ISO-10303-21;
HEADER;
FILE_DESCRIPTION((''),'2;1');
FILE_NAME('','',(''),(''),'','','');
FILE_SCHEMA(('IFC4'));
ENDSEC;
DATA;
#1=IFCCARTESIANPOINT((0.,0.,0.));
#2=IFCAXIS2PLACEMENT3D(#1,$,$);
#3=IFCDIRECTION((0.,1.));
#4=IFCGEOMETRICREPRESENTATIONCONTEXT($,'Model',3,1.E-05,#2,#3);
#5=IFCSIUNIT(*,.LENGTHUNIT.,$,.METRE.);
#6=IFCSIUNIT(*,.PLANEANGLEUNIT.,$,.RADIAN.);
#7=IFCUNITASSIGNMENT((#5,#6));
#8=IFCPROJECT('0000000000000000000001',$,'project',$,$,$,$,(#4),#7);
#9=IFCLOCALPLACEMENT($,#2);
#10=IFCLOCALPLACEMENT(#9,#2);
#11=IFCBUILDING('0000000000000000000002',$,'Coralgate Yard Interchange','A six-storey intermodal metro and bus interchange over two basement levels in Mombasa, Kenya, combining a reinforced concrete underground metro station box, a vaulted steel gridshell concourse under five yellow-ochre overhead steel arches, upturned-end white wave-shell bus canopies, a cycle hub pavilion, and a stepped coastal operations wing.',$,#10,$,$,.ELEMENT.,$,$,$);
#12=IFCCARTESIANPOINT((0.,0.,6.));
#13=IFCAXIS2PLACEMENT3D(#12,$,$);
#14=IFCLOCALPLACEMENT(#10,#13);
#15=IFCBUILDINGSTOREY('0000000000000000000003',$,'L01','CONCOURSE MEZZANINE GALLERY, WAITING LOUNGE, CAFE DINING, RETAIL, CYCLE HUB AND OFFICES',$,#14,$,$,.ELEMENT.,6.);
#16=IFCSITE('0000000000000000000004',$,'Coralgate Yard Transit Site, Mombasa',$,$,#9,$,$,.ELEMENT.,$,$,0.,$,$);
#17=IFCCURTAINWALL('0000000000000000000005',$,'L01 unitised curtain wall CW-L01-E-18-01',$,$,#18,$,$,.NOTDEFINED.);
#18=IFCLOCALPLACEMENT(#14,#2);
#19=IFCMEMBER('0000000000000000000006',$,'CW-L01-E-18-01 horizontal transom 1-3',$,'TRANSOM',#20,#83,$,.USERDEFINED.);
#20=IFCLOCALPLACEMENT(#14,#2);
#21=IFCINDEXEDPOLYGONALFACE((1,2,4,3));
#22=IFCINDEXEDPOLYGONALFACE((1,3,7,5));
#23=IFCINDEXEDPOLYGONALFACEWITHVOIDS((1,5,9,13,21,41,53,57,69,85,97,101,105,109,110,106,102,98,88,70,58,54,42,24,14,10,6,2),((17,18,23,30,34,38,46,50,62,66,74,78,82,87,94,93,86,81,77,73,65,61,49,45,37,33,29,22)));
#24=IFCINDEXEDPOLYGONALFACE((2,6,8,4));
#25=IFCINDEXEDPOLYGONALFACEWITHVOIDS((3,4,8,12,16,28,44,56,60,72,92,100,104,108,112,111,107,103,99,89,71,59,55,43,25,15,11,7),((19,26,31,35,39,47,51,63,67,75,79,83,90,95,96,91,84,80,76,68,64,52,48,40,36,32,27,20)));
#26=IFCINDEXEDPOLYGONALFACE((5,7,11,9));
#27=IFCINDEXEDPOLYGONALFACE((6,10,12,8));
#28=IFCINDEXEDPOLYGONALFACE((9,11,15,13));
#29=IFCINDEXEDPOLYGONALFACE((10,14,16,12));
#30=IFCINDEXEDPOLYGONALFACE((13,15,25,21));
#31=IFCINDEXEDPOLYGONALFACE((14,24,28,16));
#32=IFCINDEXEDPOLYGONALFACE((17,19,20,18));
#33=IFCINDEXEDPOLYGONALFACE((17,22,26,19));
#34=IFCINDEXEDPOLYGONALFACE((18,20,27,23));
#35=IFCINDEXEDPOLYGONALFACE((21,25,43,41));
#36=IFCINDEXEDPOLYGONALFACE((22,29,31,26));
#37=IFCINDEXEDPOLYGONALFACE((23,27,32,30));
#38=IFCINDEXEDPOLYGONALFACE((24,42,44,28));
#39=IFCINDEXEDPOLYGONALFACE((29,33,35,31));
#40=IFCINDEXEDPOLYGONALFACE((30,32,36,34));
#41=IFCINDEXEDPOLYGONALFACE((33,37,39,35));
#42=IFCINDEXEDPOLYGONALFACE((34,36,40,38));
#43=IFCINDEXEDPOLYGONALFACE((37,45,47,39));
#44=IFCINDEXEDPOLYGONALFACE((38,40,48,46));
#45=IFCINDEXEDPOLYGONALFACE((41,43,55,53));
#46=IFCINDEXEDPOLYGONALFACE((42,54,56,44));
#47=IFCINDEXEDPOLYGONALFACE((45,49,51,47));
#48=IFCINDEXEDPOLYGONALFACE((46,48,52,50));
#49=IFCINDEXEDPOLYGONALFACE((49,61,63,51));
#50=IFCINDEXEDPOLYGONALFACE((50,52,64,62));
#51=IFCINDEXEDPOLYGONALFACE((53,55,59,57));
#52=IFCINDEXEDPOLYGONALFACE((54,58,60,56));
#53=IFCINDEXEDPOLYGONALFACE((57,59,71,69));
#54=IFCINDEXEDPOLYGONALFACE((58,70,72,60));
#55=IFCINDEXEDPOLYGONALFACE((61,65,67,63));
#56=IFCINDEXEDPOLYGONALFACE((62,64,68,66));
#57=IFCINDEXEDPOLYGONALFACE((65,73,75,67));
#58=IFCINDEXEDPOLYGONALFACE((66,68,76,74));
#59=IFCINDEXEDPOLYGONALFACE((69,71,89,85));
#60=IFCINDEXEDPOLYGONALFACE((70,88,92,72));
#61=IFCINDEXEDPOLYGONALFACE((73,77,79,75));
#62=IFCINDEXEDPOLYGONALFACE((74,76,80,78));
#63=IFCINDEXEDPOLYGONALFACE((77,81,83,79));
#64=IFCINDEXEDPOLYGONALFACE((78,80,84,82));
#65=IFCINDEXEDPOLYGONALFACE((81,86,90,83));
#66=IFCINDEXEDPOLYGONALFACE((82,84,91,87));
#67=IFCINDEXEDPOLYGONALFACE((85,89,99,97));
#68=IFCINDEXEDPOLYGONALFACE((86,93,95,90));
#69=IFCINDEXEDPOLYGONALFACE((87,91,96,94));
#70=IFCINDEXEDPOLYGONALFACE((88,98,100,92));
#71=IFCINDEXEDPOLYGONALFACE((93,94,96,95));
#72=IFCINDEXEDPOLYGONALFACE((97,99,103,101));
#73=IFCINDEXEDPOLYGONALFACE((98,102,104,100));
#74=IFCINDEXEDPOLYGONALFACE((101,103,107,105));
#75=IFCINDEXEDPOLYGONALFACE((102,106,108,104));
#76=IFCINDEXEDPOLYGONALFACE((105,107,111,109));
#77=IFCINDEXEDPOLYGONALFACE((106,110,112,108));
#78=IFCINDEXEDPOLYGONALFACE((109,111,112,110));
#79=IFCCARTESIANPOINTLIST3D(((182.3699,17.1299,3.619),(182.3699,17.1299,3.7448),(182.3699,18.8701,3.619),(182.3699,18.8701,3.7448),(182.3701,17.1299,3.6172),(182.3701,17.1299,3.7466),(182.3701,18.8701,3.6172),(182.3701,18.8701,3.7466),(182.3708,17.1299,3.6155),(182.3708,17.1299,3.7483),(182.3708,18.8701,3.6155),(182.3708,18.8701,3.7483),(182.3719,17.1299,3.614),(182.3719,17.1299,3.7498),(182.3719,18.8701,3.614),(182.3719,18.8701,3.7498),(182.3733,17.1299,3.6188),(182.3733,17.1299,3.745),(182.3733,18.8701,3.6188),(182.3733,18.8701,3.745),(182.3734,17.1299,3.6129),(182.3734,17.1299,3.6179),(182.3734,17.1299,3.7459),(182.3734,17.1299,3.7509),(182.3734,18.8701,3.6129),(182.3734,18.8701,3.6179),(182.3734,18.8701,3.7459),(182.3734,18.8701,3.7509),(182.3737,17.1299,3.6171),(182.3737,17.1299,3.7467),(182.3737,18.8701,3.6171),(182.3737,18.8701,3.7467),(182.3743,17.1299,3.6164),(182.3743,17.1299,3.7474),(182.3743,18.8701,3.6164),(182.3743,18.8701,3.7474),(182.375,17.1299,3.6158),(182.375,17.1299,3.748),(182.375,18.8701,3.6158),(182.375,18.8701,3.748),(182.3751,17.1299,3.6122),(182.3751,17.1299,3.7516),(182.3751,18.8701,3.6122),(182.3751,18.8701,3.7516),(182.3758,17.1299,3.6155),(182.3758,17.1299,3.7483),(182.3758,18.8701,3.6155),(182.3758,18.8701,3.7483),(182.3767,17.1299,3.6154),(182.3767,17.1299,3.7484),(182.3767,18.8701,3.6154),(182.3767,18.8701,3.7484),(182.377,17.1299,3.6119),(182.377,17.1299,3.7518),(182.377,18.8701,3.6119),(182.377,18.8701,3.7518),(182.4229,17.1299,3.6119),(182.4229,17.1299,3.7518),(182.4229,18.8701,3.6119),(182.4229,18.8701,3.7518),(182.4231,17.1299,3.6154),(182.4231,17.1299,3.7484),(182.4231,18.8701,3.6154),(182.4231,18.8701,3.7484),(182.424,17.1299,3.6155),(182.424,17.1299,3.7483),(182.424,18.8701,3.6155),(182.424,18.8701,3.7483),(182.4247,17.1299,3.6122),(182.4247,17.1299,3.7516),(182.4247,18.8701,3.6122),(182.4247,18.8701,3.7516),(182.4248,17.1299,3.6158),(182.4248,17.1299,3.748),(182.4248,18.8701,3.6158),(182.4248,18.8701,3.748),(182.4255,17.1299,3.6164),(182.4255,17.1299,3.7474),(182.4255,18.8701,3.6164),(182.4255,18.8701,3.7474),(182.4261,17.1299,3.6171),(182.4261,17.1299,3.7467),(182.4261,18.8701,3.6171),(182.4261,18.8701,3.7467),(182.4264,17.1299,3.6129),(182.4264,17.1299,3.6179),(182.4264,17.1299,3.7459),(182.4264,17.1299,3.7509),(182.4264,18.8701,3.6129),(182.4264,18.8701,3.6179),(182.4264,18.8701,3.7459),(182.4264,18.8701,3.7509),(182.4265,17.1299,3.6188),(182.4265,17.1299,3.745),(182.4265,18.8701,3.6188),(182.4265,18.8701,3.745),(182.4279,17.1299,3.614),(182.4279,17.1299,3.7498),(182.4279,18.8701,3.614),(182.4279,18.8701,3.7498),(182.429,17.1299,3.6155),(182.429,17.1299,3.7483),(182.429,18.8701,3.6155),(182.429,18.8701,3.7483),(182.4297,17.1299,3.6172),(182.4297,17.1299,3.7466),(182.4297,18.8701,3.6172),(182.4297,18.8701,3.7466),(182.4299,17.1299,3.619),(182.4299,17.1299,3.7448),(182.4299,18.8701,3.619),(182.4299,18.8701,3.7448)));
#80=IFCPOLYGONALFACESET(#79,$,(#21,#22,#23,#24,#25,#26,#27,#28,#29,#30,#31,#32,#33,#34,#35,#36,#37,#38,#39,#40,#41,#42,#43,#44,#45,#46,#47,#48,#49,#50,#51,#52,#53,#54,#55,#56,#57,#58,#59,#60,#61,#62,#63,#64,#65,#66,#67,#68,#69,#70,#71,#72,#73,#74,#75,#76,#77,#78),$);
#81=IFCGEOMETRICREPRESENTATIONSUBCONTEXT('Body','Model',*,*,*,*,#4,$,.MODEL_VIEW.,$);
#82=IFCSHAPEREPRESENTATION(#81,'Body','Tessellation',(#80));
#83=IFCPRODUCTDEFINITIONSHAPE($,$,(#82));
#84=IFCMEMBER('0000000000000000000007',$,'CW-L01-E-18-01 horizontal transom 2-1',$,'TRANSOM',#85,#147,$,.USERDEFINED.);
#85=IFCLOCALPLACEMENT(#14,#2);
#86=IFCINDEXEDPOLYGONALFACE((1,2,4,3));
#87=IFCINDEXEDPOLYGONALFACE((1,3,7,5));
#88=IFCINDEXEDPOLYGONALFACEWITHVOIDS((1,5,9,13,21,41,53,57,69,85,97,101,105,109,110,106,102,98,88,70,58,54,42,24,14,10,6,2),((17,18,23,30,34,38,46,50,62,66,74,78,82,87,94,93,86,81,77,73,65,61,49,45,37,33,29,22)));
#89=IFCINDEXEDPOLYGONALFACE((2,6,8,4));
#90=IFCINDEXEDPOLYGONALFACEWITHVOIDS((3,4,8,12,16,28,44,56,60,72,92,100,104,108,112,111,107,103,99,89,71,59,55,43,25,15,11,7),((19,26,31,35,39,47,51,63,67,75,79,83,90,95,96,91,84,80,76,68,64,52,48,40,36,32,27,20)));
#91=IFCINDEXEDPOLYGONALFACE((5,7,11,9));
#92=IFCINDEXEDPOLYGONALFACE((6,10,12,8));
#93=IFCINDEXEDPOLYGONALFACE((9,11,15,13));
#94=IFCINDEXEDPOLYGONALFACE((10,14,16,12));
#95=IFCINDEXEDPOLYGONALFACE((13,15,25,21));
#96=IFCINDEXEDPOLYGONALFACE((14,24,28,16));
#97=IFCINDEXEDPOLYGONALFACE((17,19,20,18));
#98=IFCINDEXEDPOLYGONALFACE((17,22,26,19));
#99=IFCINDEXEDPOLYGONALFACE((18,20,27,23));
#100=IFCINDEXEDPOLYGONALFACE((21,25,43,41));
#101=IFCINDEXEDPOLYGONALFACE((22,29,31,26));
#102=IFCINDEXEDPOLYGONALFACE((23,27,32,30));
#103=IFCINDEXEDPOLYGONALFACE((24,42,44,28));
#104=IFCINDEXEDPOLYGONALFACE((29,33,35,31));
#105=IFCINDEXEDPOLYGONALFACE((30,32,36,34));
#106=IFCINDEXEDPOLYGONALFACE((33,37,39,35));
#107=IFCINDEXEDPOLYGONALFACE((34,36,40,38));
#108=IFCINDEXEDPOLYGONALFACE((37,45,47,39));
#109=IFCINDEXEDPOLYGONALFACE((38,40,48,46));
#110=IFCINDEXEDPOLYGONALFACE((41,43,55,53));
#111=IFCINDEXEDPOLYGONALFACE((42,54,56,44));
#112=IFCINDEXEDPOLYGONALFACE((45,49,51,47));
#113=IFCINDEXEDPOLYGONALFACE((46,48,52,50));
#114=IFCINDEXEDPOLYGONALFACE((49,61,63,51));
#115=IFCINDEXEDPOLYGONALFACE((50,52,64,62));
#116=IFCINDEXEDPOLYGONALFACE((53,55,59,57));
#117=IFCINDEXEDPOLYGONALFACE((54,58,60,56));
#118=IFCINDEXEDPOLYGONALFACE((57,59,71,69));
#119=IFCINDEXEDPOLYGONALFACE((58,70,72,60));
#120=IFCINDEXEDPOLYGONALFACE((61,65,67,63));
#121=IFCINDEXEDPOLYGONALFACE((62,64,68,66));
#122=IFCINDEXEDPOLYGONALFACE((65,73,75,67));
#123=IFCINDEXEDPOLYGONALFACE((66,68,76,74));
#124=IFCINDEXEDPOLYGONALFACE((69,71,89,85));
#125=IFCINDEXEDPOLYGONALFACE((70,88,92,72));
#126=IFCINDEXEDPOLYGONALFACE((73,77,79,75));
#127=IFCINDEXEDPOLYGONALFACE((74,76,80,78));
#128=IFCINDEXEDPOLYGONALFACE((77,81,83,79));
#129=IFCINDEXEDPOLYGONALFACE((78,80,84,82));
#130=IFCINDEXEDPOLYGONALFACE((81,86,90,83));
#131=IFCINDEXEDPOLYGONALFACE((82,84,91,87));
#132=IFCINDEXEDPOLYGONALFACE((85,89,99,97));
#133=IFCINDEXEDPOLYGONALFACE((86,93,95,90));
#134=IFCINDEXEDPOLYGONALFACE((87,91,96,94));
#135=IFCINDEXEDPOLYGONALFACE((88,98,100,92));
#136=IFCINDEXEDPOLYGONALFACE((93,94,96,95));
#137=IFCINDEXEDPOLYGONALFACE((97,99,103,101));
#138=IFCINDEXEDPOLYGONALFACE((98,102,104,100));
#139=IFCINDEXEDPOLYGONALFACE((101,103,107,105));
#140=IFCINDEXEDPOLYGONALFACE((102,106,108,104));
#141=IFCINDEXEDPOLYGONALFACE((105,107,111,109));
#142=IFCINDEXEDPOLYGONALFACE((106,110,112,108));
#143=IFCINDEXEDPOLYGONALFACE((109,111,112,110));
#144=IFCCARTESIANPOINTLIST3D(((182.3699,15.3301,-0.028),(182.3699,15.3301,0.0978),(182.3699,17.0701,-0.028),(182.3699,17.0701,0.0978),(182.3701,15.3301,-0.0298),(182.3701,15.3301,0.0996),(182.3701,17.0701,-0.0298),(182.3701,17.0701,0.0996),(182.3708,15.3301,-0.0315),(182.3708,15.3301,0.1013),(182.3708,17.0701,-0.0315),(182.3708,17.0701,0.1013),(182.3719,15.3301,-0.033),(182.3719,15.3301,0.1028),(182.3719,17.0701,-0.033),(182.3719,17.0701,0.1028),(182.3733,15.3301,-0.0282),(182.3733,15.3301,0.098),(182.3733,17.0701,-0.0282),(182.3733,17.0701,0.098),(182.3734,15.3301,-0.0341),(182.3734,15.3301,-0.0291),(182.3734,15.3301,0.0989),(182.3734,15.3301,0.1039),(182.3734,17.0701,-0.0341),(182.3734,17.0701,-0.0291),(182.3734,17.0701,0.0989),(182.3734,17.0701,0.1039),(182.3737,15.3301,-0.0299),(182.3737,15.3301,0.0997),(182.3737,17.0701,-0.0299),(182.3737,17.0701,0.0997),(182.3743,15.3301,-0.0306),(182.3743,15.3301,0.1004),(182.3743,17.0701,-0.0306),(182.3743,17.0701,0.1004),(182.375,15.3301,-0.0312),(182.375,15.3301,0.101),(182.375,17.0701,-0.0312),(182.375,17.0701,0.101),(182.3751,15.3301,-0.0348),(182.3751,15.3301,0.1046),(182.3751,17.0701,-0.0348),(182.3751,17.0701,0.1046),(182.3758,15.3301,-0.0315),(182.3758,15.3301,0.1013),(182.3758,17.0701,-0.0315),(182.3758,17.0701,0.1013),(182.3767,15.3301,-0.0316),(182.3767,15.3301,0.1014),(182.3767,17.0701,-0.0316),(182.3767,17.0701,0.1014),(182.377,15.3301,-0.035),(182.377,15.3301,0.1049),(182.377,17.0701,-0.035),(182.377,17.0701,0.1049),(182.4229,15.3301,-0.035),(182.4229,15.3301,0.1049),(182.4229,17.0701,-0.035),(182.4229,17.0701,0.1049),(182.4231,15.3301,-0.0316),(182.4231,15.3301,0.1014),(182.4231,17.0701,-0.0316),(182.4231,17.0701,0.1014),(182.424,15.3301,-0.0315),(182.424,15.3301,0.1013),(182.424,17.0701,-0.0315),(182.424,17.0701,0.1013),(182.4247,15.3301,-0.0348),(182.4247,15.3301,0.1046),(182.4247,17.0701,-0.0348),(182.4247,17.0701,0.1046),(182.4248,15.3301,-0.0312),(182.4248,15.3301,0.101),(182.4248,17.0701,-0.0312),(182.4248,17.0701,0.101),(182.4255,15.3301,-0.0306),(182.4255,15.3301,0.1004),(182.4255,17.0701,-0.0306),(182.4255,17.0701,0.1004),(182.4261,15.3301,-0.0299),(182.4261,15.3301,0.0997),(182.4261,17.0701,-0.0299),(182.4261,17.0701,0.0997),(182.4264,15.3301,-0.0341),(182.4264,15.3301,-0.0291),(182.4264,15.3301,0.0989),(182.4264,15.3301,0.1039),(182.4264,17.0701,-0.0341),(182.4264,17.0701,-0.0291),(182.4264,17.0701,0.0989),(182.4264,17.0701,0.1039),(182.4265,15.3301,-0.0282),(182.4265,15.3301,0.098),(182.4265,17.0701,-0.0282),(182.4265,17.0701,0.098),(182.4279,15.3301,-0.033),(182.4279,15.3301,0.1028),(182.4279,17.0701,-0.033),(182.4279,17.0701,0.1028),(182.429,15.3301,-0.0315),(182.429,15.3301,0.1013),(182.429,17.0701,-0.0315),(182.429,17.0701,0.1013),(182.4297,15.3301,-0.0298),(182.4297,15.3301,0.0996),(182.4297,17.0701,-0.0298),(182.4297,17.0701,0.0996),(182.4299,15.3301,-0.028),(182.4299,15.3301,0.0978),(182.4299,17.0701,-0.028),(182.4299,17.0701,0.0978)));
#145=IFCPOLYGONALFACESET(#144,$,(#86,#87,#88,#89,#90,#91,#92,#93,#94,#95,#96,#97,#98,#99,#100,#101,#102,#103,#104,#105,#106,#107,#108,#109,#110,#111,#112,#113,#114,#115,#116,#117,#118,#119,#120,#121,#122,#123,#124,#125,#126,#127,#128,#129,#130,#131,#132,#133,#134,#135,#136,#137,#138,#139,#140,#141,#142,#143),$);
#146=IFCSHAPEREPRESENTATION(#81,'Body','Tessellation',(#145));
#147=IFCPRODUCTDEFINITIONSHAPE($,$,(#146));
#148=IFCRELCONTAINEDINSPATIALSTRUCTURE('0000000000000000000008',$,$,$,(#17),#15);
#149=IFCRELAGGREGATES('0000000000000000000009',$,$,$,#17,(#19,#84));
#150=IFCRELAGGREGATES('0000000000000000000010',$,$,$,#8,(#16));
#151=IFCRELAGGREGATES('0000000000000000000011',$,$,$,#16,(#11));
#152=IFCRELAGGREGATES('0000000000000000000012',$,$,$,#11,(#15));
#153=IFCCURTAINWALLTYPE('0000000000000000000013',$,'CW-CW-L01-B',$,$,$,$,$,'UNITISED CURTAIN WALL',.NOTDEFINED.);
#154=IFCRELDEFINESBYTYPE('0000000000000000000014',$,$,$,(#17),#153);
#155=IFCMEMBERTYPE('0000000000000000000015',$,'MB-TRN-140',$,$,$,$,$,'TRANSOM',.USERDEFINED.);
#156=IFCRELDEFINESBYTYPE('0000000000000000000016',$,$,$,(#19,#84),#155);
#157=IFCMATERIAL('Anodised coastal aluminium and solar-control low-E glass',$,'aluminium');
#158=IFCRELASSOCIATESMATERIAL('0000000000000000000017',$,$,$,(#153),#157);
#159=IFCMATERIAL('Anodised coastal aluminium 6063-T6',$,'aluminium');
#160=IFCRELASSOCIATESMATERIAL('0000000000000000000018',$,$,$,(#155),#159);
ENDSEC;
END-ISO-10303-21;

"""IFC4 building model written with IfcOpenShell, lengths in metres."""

from ifc_helpers import new_model, si_unit, direction, frame, origin, origin_2d, place, context, subcontext, project, spatial, hollow_rectangle, extrude, material, material_profile, profile_set, type_object, element, aggregate, save


model = new_model("IFC4")

# Units and contexts
model_context = context("Model", 3, precision=1e-05, world=origin(), true_north=direction((0.0, 1.0)))
body_context = subcontext(model_context, "Body", "Model", "MODEL_VIEW")
ifc_project = project(units=[si_unit("LENGTHUNIT", "METRE"), si_unit("PLANEANGLEUNIT", "RADIAN")], contexts=[model_context])

# Site, building, storey
site_placement = place(None, origin())
site = spatial("IfcSite", under=ifc_project, at=site_placement, Name="Coralgate Yard Transit Site, Mombasa", CompositionType="ELEMENT", RefElevation=0.0)
building_placement = place(site_placement, origin())
building = spatial("IfcBuilding", under=site, at=building_placement, Name="Coralgate Yard Interchange", Description="A six-storey intermodal metro and bus interchange over two basement levels in Mombasa, Kenya, combining a reinforced concrete underground metro station box, a vaulted steel gridshell concourse under five yellow-ochre overhead steel arches, upturned-end white wave-shell bus canopies, a cycle hub pavilion, and a stepped coastal operations wing.", CompositionType="ELEMENT")
storey_placement = place(building_placement, frame((0.0, 0.0, 6.0)))
storey = spatial("IfcBuildingStorey", under=building, at=storey_placement, Name="L01", Description="CONCOURSE MEZZANINE GALLERY, WAITING LOUNGE, CAFE DINING, RETAIL, CYCLE HUB AND OFFICES", CompositionType="ELEMENT", Elevation=6.0)

# Curtain wall, members
ifc_material_1 = material(Name="Anodised coastal aluminium and solar-control low-E glass", Category="aluminium")
curtain_wall_type = type_object("IfcCurtainWallType", Name="CW-CW-L01-B", ElementType="UNITISED CURTAIN WALL", PredefinedType="NOTDEFINED", material=ifc_material_1)
curtain_wall_placement = place(storey_placement, origin())
curtain_wall = element("IfcCurtainWall", 1, at=curtain_wall_placement, inside=storey, type_object=curtain_wall_type, Name="L01 unitised curtain wall CW-L01-E-18-01", PredefinedType="NOTDEFINED")
ifc_material_2 = material(Name="Anodised coastal aluminium 6063-T6", Category="aluminium")
ifc_material_profile_1 = material_profile(ifc_material_2, hollow_rectangle(XDim=0.0601, YDim=0.1399, WallThickness=0.0034, InnerFilletRadius=0.0034, OuterFilletRadius=0.0071, at=origin_2d()), Name="ALU 60x140x3.5")
ifc_profile_set_1 = profile_set([ifc_material_profile_1], Name="Anodised coastal aluminium 6063-T6")
member_type_1 = type_object("IfcMemberType", Name="MB-TRN-140", ElementType="TRANSOM", PredefinedType="USERDEFINED", material=ifc_profile_set_1)
member_1_placement = place(storey_placement, frame((182.3999, 18.8701, 3.6819), z_axis=(0.0, -1.0, 0.0), x_axis=(1.0, 0.0, 0.0)))
member_1 = element("IfcMember", 2, at=member_1_placement, type_object=member_type_1, Name="CW-L01-E-18-01 horizontal transom 1-3", ObjectType="TRANSOM", PredefinedType="USERDEFINED", context=body_context, shape_type="SweptSolid", body=[
    extrude(hollow_rectangle(XDim=0.0601, YDim=0.1399, WallThickness=0.0034, InnerFilletRadius=0.0034, OuterFilletRadius=0.0071, at=origin_2d()), origin(), (0.0, 0.0, 1.0), 1.7402),
])
member_2_placement = place(storey_placement, frame((182.3999, 17.0701, 0.0349), z_axis=(0.0, -1.0, 0.0), x_axis=(1.0, 0.0, 0.0)))
member_2 = element("IfcMember", 3, at=member_2_placement, type_object=member_type_1, Name="CW-L01-E-18-01 horizontal transom 2-1", ObjectType="TRANSOM", PredefinedType="USERDEFINED", context=body_context, shape_type="SweptSolid", body=[
    extrude(hollow_rectangle(XDim=0.0601, YDim=0.1399, WallThickness=0.0034, InnerFilletRadius=0.0034, OuterFilletRadius=0.0071, at=origin_2d()), origin(), (0.0, 0.0, 1.0), 1.74),
])
aggregate(curtain_wall, [member_1, member_2])

save(model, "model.ifc")
